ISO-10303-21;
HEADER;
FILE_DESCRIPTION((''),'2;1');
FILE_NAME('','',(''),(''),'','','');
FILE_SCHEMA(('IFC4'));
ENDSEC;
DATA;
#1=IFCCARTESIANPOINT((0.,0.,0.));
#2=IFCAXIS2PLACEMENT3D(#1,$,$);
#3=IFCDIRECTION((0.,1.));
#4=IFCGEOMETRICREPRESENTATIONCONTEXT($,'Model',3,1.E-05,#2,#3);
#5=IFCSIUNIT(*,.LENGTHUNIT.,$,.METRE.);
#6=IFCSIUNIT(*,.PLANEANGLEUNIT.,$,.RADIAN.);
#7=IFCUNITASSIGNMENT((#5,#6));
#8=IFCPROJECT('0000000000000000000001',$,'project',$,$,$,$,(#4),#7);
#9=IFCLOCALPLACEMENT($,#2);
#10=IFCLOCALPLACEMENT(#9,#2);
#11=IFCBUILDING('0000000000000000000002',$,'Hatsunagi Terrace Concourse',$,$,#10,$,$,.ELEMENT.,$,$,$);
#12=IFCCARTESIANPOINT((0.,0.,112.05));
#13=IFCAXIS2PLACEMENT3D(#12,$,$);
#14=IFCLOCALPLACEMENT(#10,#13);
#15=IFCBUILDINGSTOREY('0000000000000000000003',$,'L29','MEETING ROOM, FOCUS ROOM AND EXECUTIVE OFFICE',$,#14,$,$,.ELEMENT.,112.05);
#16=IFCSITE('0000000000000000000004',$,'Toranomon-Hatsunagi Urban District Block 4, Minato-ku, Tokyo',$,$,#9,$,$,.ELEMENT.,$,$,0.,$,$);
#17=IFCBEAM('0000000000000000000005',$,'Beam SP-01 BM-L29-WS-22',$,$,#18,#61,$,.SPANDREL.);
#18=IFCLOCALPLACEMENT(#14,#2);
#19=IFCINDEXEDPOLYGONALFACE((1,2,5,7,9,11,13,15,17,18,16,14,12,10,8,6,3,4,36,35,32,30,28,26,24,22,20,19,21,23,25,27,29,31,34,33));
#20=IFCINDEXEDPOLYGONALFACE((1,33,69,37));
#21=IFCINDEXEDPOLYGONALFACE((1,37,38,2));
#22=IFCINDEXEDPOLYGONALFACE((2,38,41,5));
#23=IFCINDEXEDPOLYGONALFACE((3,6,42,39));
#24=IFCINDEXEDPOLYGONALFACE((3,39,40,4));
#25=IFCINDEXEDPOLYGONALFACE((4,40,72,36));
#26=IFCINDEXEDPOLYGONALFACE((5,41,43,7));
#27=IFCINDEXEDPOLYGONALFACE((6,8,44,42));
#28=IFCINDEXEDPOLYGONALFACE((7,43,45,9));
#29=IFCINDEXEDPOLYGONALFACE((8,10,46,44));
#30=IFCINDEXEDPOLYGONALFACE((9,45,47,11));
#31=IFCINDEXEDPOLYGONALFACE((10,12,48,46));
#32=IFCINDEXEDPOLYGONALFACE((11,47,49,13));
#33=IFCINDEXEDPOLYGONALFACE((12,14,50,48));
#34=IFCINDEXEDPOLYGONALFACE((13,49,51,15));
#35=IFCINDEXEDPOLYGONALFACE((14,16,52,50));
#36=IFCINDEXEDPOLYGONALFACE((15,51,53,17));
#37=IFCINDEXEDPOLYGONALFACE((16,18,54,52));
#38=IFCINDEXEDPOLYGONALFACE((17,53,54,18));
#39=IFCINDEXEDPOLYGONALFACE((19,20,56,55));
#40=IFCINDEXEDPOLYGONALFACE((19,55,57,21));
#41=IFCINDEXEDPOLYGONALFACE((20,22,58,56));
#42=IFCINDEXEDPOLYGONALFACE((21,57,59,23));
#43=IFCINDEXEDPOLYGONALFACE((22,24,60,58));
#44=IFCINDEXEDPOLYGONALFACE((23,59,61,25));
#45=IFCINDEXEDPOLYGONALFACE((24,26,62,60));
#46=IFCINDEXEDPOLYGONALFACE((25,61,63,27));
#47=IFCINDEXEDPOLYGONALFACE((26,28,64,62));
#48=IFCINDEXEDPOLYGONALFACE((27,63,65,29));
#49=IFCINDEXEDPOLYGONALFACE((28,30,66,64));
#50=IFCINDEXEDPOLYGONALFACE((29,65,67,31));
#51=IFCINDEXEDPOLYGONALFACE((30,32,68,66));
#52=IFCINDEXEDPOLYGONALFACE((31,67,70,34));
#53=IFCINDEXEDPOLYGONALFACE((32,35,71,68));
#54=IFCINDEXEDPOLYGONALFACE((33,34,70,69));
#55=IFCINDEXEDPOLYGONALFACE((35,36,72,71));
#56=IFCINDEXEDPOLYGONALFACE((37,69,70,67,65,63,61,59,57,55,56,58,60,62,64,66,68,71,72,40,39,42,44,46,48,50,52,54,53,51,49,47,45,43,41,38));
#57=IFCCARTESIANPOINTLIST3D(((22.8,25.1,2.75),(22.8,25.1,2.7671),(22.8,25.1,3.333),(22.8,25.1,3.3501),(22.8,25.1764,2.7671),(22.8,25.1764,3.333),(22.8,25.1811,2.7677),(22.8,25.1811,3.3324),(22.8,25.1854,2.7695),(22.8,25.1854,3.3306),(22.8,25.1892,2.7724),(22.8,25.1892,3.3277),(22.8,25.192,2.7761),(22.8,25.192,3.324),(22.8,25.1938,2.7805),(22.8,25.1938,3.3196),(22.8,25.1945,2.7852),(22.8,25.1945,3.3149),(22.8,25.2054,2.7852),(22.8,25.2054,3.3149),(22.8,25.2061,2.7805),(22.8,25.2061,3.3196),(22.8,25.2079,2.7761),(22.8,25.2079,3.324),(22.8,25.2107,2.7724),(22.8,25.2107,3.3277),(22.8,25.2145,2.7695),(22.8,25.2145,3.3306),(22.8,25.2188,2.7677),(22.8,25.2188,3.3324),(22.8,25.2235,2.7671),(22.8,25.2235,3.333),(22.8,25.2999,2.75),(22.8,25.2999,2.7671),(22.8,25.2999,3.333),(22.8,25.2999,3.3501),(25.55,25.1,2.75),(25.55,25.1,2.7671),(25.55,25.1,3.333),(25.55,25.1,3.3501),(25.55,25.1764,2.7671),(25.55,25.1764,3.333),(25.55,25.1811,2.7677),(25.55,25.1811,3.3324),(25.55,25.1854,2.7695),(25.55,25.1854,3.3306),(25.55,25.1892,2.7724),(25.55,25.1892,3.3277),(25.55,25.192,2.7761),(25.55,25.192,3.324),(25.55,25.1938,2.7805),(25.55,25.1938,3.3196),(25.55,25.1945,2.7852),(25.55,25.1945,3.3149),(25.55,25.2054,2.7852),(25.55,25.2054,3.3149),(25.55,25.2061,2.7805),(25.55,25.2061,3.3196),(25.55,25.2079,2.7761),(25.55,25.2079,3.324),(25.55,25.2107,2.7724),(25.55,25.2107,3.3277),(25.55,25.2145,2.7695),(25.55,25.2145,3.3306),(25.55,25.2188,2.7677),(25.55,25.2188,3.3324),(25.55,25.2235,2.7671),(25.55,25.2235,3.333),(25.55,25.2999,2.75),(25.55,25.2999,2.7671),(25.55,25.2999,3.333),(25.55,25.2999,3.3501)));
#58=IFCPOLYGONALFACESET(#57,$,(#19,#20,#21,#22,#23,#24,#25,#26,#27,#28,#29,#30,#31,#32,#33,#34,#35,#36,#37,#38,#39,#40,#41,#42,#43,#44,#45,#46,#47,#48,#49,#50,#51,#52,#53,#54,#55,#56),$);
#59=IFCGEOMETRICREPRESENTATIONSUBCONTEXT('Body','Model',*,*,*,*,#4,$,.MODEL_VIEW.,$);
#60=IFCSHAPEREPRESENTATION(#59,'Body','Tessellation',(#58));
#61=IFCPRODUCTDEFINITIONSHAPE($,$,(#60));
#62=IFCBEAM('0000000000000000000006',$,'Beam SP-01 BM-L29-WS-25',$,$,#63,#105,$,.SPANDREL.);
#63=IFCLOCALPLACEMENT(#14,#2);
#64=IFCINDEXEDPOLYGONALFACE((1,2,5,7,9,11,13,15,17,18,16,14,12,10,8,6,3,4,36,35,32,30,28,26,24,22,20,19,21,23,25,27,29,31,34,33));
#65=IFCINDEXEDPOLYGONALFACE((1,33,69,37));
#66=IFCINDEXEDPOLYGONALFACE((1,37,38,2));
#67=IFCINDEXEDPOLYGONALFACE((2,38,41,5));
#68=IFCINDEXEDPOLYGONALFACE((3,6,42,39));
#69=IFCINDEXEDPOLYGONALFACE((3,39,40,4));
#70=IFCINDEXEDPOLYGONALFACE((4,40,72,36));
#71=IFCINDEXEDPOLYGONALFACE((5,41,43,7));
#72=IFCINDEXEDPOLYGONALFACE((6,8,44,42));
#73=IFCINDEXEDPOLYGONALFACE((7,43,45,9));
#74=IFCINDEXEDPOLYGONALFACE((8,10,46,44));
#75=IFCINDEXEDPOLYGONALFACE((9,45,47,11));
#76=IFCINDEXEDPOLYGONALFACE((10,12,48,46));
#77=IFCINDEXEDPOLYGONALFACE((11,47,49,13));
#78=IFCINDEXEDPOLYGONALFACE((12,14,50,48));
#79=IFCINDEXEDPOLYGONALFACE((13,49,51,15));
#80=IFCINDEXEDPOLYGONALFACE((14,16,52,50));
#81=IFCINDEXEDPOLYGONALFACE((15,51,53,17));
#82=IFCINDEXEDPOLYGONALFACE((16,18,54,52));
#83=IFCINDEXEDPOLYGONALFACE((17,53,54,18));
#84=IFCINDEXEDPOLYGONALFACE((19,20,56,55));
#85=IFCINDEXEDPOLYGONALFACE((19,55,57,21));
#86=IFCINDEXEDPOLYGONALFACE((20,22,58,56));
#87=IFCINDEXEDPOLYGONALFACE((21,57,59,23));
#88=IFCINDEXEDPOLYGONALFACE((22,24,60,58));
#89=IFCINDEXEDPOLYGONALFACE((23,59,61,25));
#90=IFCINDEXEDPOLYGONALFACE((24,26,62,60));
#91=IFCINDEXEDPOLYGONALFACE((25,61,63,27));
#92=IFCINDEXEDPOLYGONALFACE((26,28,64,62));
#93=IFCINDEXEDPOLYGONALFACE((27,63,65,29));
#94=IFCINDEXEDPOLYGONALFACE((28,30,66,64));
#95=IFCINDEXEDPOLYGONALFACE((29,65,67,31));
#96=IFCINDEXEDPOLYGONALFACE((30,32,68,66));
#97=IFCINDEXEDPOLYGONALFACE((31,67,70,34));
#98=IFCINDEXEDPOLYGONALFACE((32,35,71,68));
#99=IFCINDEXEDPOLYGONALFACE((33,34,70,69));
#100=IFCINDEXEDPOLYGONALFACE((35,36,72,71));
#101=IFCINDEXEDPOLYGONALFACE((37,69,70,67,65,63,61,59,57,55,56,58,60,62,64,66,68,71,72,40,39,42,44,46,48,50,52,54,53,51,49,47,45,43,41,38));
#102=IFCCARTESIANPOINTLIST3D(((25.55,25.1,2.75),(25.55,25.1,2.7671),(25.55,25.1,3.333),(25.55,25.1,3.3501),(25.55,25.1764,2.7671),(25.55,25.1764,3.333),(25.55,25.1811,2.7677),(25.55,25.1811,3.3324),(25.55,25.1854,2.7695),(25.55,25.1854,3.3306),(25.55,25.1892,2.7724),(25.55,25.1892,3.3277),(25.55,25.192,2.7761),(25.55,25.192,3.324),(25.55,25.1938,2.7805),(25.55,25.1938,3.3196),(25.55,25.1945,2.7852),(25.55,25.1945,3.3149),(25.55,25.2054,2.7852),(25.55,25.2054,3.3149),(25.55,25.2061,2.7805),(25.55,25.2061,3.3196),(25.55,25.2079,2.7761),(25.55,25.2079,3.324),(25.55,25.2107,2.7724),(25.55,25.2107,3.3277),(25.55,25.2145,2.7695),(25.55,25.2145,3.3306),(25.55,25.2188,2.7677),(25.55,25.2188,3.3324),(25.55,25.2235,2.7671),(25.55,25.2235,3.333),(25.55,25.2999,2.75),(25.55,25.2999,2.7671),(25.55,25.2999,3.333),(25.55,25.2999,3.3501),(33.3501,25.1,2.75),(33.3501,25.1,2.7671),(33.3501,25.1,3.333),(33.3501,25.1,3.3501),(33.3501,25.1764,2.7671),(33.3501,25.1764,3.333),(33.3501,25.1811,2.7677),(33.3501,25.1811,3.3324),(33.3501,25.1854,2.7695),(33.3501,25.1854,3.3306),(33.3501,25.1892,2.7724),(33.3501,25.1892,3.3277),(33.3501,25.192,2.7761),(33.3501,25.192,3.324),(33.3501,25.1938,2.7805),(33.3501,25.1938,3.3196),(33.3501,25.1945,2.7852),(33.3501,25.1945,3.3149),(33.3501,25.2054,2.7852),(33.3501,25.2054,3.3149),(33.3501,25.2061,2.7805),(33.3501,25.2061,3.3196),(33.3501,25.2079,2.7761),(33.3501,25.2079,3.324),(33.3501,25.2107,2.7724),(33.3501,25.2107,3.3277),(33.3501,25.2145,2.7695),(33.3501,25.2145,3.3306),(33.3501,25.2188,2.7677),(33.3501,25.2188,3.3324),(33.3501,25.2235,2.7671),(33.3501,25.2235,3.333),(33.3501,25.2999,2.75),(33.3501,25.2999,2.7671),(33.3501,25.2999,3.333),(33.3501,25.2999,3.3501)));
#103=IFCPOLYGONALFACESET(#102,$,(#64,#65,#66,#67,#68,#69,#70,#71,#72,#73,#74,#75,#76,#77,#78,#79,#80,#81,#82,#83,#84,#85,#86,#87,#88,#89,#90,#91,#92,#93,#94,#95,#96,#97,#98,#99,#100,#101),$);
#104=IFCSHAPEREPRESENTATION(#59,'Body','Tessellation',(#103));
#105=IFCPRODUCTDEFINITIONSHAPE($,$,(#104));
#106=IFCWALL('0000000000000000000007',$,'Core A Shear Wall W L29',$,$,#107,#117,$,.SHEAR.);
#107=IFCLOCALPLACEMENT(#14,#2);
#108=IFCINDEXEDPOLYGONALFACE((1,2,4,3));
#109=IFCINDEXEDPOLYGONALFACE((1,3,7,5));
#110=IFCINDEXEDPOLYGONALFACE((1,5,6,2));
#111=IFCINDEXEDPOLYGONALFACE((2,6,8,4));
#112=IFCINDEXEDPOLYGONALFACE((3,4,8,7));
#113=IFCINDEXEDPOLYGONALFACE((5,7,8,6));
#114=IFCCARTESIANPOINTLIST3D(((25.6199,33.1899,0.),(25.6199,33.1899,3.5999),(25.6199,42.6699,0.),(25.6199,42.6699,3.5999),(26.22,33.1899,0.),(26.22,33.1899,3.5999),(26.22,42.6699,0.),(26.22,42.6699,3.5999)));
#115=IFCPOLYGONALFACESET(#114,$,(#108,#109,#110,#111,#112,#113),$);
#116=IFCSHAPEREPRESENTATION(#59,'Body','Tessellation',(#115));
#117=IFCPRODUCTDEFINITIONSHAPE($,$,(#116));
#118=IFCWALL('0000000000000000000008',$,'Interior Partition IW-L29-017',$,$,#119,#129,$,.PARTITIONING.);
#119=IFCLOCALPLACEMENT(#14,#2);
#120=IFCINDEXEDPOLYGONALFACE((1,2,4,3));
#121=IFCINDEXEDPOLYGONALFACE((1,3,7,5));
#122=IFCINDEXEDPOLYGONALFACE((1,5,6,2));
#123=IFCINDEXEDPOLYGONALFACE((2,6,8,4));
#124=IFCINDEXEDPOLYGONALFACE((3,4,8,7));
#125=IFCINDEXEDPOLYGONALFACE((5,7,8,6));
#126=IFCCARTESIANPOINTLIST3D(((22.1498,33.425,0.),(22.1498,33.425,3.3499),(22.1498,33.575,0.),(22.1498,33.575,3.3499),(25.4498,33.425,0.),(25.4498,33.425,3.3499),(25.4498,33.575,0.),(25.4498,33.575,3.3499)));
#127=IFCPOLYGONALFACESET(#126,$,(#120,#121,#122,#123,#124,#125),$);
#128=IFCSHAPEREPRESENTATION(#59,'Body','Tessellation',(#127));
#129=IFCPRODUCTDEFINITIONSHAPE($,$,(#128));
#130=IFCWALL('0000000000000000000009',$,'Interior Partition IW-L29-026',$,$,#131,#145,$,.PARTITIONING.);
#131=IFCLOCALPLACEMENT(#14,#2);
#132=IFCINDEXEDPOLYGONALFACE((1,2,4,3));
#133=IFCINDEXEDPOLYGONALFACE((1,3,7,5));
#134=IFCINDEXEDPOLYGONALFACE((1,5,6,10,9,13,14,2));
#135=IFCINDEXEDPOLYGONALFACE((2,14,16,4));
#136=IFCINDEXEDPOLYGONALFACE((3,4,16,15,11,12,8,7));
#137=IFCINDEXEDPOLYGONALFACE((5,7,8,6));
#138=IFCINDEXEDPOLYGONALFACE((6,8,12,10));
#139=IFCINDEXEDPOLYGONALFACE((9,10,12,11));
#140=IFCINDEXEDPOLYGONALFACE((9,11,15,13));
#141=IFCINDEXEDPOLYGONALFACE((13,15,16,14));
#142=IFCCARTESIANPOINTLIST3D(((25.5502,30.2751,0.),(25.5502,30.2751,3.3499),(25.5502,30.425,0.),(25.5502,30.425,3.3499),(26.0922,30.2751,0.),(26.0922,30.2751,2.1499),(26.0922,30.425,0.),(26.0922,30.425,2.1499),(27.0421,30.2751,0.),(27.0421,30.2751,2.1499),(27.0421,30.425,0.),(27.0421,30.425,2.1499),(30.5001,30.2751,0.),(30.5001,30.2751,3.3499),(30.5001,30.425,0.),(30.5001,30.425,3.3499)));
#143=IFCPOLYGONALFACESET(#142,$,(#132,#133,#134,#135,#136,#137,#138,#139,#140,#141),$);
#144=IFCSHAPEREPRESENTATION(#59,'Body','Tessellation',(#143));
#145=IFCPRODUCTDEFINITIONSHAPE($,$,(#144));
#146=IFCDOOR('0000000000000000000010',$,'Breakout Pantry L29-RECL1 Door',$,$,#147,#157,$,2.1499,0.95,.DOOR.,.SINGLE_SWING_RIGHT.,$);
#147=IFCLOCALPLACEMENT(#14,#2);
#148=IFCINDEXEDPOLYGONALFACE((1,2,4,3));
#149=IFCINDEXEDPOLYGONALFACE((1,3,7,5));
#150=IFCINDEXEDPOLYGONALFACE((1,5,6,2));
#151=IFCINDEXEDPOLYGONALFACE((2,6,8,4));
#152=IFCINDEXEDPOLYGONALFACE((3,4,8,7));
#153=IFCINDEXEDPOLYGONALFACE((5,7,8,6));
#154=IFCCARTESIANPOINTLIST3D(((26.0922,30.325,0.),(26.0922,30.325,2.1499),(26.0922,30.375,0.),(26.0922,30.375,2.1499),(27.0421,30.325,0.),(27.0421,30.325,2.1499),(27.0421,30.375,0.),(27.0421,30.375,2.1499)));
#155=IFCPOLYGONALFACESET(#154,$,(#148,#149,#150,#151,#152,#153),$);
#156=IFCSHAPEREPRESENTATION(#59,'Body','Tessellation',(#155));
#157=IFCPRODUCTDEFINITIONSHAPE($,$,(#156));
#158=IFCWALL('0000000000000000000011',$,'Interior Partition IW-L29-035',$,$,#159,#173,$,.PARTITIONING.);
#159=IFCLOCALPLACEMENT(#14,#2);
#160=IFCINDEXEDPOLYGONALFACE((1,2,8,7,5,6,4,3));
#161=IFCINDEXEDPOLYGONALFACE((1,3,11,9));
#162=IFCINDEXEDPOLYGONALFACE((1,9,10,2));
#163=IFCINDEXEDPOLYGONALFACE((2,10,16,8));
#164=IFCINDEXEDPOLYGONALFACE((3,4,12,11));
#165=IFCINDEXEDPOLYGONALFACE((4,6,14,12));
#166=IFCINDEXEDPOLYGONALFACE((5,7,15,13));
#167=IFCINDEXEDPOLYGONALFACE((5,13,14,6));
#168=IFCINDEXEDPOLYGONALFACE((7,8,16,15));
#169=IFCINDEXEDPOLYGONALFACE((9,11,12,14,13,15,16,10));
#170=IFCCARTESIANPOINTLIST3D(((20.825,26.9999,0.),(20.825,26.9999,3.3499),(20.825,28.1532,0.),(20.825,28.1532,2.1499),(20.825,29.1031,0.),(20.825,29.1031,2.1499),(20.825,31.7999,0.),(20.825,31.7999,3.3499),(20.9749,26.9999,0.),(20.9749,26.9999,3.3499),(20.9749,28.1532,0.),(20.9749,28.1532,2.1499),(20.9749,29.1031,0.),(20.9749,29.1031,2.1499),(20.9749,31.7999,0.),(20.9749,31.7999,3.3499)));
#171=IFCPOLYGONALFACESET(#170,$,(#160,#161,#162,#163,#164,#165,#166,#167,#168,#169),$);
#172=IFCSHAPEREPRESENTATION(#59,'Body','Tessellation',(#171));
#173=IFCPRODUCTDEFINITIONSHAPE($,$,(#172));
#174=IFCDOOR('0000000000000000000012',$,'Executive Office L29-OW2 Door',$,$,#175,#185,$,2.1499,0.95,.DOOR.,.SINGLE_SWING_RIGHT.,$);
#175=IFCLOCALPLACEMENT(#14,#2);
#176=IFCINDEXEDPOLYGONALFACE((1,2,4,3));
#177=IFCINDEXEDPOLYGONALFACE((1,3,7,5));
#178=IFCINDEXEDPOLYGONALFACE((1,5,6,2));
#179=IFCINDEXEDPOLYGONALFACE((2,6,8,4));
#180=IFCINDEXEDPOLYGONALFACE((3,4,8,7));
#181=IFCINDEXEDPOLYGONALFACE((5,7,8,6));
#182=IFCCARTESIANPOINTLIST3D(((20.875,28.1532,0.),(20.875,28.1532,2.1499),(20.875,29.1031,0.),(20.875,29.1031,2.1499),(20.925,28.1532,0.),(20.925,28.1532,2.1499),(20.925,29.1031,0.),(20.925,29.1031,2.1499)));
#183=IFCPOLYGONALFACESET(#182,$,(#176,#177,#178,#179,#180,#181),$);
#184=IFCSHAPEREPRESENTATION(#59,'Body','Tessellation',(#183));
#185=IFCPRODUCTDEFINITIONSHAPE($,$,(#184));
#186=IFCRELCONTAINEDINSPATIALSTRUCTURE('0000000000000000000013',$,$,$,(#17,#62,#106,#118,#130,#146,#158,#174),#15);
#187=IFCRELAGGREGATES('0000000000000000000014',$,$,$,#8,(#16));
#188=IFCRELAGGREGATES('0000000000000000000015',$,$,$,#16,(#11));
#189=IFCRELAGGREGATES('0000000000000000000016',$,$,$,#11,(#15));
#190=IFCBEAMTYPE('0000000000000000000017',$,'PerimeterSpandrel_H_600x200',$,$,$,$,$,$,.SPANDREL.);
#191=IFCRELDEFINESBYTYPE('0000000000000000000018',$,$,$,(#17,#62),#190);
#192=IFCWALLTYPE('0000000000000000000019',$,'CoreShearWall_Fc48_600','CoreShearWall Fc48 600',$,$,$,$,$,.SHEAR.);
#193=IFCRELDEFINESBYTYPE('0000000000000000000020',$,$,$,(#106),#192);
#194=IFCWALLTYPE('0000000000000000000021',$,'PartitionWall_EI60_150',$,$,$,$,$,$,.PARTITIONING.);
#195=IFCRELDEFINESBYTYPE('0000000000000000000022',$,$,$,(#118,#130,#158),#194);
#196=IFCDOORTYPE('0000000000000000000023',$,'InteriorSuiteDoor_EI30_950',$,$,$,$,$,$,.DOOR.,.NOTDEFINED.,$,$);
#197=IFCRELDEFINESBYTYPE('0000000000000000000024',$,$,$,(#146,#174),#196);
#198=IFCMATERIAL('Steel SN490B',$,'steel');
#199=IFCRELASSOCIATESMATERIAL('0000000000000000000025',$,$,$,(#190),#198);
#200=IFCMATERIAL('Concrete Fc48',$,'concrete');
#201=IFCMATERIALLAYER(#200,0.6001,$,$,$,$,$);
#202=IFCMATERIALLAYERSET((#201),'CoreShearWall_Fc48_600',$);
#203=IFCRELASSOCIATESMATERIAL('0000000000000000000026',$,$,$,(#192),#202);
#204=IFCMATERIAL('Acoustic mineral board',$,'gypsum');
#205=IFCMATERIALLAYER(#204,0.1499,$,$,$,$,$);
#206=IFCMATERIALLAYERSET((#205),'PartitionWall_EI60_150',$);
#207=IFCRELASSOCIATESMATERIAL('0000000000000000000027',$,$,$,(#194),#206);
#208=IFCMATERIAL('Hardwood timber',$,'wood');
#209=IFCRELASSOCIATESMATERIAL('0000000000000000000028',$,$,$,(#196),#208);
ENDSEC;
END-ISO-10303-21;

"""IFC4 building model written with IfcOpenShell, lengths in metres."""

from ifc_helpers import new_model, si_unit, direction, frame, frame_2d, origin, origin_2d, place, context, subcontext, project, spatial, rectangle, i_section, extrude, material, layer, layer_set, material_profile, profile_set, type_object, element, fill, save


model = new_model("IFC4")

# Units and contexts
model_context = context("Model", 3, precision=1e-05, world=origin(), true_north=direction((0.0, 1.0)))
body_context = subcontext(model_context, "Body", "Model", "MODEL_VIEW")
ifc_project = project(units=[si_unit("LENGTHUNIT", "METRE"), si_unit("PLANEANGLEUNIT", "RADIAN")], contexts=[model_context])

# Site, building, storey
site_placement = place(None, origin())
site = spatial("IfcSite", under=ifc_project, at=site_placement, Name="Toranomon-Hatsunagi Urban District Block 4, Minato-ku, Tokyo", CompositionType="ELEMENT", RefElevation=0.0)
building_placement = place(site_placement, origin())
building = spatial("IfcBuilding", under=site, at=building_placement, Name="Hatsunagi Terrace Concourse", CompositionType="ELEMENT")
storey_placement = place(building_placement, frame((0.0, 0.0, 112.05)))
storey = spatial("IfcBuildingStorey", under=building, at=storey_placement, Name="L29", Description="MEETING ROOM, FOCUS ROOM AND EXECUTIVE OFFICE", CompositionType="ELEMENT", Elevation=112.05)

# Beams
ifc_material_1 = material(Name="Steel SN490B", Category="steel")
ifc_material_profile_1 = material_profile(ifc_material_1, i_section(OverallWidth=0.2, OverallDepth=0.6001, WebThickness=0.011, FlangeThickness=0.0171, FilletRadius=0.0181, at=origin_2d()), Name="H-600x200x11x17")
ifc_profile_set_1 = profile_set([ifc_material_profile_1], Name="Steel SN490B")
beam_type_1 = type_object("IfcBeamType", Name="PerimeterSpandrel_H_600x200", PredefinedType="SPANDREL", material=ifc_profile_set_1)
beam_1_placement = place(storey_placement, frame((22.8, 25.2, 3.05), z_axis=(1.0, 0.0, 0.0), x_axis=(0.0, 1.0, 0.0)))
element("IfcBeam", 1, at=beam_1_placement, inside=storey, type_object=beam_type_1, Name="Beam SP-01 BM-L29-WS-22", PredefinedType="SPANDREL", context=body_context, shape_type="SweptSolid", body=[
    extrude(i_section(OverallWidth=0.2, OverallDepth=0.6001, WebThickness=0.011, FlangeThickness=0.0171, FilletRadius=0.0181, at=origin_2d()), origin(), (0.0, 0.0, 1.0), 2.75),
])
beam_2_placement = place(storey_placement, frame((25.55, 25.2, 3.05), z_axis=(1.0, 0.0, 0.0), x_axis=(0.0, 1.0, 0.0)))
element("IfcBeam", 2, at=beam_2_placement, inside=storey, type_object=beam_type_1, Name="Beam SP-01 BM-L29-WS-25", PredefinedType="SPANDREL", context=body_context, shape_type="SweptSolid", body=[
    extrude(i_section(OverallWidth=0.2, OverallDepth=0.6001, WebThickness=0.011, FlangeThickness=0.0171, FilletRadius=0.0181, at=origin_2d()), origin(), (0.0, 0.0, 1.0), 7.8),
])

# Shared definitions
ifc_material_2 = material(Name="Concrete Fc48", Category="concrete")
ifc_layer_1 = layer(ifc_material_2, 0.6001)
ifc_layer_set_1 = layer_set([ifc_layer_1], Name="CoreShearWall_Fc48_600")
wall_type_1 = type_object("IfcWallType", Name="CoreShearWall_Fc48_600", Description="CoreShearWall Fc48 600", PredefinedType="SHEAR", material=ifc_layer_set_1)

# Walls
wall_1_placement = place(storey_placement, frame((25.9199, 33.1899, 0.0), z_axis=(0.0, 0.0, 1.0), x_axis=(0.0, 1.0, 0.0)))
element("IfcWall", 3, at=wall_1_placement, inside=storey, type_object=wall_type_1, Name="Core A Shear Wall W L29", PredefinedType="SHEAR", context=body_context, shape_type="SweptSolid", body=[
    extrude(rectangle(XDim=9.48, YDim=0.6001, at=frame_2d((4.74, 0.0))), origin(), (0.0, 0.0, 1.0), 3.5999),
])
ifc_material_3 = material(Name="Acoustic mineral board", Category="gypsum")
ifc_layer_2 = layer(ifc_material_3, 0.1499)
ifc_layer_set_2 = layer_set([ifc_layer_2], Name="PartitionWall_EI60_150")
wall_type_2 = type_object("IfcWallType", Name="PartitionWall_EI60_150", PredefinedType="PARTITIONING", material=ifc_layer_set_2)
wall_2_placement = place(storey_placement, frame((22.1499, 33.5, 0.0), z_axis=(0.0, 0.0, 1.0), x_axis=(1.0, 0.0, 0.0)))
element("IfcWall", 4, at=wall_2_placement, inside=storey, type_object=wall_type_2, Name="Interior Partition IW-L29-017", PredefinedType="PARTITIONING", context=body_context, shape_type="SweptSolid", body=[
    extrude(rectangle(XDim=3.3, YDim=0.1499, at=frame_2d((1.6499, 0.0))), origin(), (0.0, 0.0, 1.0), 3.3499),
])

# Walls, openings, doors
wall_3_placement = place(storey_placement, frame((25.55, 30.3501, 0.0), z_axis=(0.0, 0.0, 1.0), x_axis=(1.0, 0.0, 0.0)))
wall_3 = element("IfcWall", 5, at=wall_3_placement, inside=storey, type_object=wall_type_2, Name="Interior Partition IW-L29-026", PredefinedType="PARTITIONING", context=body_context, shape_type="SweptSolid", body=[
    extrude(rectangle(XDim=4.95, YDim=0.1499, at=frame_2d((2.4751, 0.0))), origin(), (0.0, 0.0, 1.0), 3.3499),
])
opening_1_placement = place(wall_3_placement, frame((0.542, 0.0, 0.0)))
opening_1 = element("IfcOpeningElement", 6, at=opening_1_placement, cuts=wall_3, PredefinedType="OPENING", context=body_context, shape_type="SweptSolid", body=[
    extrude(rectangle(XDim=0.95, YDim=2.1499, at=frame_2d((0.4751, 1.075))), frame((0.0, 0.085, 0.0), z_axis=(0.0, -1.0, 0.0), x_axis=(1.0, 0.0, 0.0)), (0.0, 0.0, 1.0), 0.1699),
])
ifc_material_4 = material(Name="Hardwood timber", Category="wood")
door_type_1 = type_object("IfcDoorType", Name="InteriorSuiteDoor_EI30_950", OperationType="NOTDEFINED", PredefinedType="DOOR", material=ifc_material_4)
door_1_placement = place(opening_1_placement, origin())
door_1 = element("IfcDoor", 7, at=door_1_placement, inside=storey, type_object=door_type_1, Name="Breakout Pantry L29-RECL1 Door", OperationType="SINGLE_SWING_RIGHT", OverallHeight=2.1499, OverallWidth=0.95, PredefinedType="DOOR", context=body_context, shape_type="SweptSolid", body=[
    extrude(rectangle(XDim=0.95, YDim=2.1499, at=frame_2d((0.4751, 1.075))), frame((0.0, 0.0249, 0.0), z_axis=(0.0, -1.0, 0.0), x_axis=(1.0, 0.0, 0.0)), (0.0, 0.0, 1.0), 0.05),
])
fill(opening_1, door_1)
wall_4_placement = place(storey_placement, frame((20.8999, 27.0, 0.0), z_axis=(0.0, 0.0, 1.0), x_axis=(0.0, 1.0, 0.0)))
wall_4 = element("IfcWall", 8, at=wall_4_placement, inside=storey, type_object=wall_type_2, Name="Interior Partition IW-L29-035", PredefinedType="PARTITIONING", context=body_context, shape_type="SweptSolid", body=[
    extrude(rectangle(XDim=4.8, YDim=0.1499, at=frame_2d((2.3999, 0.0))), origin(), (0.0, 0.0, 1.0), 3.3499),
])
opening_2_placement = place(wall_4_placement, frame((1.1531, 0.0, 0.0)))
opening_2 = element("IfcOpeningElement", 9, at=opening_2_placement, cuts=wall_4, PredefinedType="OPENING", context=body_context, shape_type="SweptSolid", body=[
    extrude(rectangle(XDim=0.95, YDim=2.1499, at=frame_2d((0.4751, 1.075))), frame((0.0, 0.085, 0.0), z_axis=(0.0, -1.0, 0.0), x_axis=(1.0, 0.0, 0.0)), (0.0, 0.0, 1.0), 0.1699),
])
door_2_placement = place(opening_2_placement, origin())
door_2 = element("IfcDoor", 10, at=door_2_placement, inside=storey, type_object=door_type_1, Name="Executive Office L29-OW2 Door", OperationType="SINGLE_SWING_RIGHT", OverallHeight=2.1499, OverallWidth=0.95, PredefinedType="DOOR", context=body_context, shape_type="SweptSolid", body=[
    extrude(rectangle(XDim=0.95, YDim=2.1499, at=frame_2d((0.4751, 1.075))), frame((0.0, 0.0249, 0.0), z_axis=(0.0, -1.0, 0.0), x_axis=(1.0, 0.0, 0.0)), (0.0, 0.0, 1.0), 0.05),
])
fill(opening_2, door_2)

save(model, "model.ifc")
